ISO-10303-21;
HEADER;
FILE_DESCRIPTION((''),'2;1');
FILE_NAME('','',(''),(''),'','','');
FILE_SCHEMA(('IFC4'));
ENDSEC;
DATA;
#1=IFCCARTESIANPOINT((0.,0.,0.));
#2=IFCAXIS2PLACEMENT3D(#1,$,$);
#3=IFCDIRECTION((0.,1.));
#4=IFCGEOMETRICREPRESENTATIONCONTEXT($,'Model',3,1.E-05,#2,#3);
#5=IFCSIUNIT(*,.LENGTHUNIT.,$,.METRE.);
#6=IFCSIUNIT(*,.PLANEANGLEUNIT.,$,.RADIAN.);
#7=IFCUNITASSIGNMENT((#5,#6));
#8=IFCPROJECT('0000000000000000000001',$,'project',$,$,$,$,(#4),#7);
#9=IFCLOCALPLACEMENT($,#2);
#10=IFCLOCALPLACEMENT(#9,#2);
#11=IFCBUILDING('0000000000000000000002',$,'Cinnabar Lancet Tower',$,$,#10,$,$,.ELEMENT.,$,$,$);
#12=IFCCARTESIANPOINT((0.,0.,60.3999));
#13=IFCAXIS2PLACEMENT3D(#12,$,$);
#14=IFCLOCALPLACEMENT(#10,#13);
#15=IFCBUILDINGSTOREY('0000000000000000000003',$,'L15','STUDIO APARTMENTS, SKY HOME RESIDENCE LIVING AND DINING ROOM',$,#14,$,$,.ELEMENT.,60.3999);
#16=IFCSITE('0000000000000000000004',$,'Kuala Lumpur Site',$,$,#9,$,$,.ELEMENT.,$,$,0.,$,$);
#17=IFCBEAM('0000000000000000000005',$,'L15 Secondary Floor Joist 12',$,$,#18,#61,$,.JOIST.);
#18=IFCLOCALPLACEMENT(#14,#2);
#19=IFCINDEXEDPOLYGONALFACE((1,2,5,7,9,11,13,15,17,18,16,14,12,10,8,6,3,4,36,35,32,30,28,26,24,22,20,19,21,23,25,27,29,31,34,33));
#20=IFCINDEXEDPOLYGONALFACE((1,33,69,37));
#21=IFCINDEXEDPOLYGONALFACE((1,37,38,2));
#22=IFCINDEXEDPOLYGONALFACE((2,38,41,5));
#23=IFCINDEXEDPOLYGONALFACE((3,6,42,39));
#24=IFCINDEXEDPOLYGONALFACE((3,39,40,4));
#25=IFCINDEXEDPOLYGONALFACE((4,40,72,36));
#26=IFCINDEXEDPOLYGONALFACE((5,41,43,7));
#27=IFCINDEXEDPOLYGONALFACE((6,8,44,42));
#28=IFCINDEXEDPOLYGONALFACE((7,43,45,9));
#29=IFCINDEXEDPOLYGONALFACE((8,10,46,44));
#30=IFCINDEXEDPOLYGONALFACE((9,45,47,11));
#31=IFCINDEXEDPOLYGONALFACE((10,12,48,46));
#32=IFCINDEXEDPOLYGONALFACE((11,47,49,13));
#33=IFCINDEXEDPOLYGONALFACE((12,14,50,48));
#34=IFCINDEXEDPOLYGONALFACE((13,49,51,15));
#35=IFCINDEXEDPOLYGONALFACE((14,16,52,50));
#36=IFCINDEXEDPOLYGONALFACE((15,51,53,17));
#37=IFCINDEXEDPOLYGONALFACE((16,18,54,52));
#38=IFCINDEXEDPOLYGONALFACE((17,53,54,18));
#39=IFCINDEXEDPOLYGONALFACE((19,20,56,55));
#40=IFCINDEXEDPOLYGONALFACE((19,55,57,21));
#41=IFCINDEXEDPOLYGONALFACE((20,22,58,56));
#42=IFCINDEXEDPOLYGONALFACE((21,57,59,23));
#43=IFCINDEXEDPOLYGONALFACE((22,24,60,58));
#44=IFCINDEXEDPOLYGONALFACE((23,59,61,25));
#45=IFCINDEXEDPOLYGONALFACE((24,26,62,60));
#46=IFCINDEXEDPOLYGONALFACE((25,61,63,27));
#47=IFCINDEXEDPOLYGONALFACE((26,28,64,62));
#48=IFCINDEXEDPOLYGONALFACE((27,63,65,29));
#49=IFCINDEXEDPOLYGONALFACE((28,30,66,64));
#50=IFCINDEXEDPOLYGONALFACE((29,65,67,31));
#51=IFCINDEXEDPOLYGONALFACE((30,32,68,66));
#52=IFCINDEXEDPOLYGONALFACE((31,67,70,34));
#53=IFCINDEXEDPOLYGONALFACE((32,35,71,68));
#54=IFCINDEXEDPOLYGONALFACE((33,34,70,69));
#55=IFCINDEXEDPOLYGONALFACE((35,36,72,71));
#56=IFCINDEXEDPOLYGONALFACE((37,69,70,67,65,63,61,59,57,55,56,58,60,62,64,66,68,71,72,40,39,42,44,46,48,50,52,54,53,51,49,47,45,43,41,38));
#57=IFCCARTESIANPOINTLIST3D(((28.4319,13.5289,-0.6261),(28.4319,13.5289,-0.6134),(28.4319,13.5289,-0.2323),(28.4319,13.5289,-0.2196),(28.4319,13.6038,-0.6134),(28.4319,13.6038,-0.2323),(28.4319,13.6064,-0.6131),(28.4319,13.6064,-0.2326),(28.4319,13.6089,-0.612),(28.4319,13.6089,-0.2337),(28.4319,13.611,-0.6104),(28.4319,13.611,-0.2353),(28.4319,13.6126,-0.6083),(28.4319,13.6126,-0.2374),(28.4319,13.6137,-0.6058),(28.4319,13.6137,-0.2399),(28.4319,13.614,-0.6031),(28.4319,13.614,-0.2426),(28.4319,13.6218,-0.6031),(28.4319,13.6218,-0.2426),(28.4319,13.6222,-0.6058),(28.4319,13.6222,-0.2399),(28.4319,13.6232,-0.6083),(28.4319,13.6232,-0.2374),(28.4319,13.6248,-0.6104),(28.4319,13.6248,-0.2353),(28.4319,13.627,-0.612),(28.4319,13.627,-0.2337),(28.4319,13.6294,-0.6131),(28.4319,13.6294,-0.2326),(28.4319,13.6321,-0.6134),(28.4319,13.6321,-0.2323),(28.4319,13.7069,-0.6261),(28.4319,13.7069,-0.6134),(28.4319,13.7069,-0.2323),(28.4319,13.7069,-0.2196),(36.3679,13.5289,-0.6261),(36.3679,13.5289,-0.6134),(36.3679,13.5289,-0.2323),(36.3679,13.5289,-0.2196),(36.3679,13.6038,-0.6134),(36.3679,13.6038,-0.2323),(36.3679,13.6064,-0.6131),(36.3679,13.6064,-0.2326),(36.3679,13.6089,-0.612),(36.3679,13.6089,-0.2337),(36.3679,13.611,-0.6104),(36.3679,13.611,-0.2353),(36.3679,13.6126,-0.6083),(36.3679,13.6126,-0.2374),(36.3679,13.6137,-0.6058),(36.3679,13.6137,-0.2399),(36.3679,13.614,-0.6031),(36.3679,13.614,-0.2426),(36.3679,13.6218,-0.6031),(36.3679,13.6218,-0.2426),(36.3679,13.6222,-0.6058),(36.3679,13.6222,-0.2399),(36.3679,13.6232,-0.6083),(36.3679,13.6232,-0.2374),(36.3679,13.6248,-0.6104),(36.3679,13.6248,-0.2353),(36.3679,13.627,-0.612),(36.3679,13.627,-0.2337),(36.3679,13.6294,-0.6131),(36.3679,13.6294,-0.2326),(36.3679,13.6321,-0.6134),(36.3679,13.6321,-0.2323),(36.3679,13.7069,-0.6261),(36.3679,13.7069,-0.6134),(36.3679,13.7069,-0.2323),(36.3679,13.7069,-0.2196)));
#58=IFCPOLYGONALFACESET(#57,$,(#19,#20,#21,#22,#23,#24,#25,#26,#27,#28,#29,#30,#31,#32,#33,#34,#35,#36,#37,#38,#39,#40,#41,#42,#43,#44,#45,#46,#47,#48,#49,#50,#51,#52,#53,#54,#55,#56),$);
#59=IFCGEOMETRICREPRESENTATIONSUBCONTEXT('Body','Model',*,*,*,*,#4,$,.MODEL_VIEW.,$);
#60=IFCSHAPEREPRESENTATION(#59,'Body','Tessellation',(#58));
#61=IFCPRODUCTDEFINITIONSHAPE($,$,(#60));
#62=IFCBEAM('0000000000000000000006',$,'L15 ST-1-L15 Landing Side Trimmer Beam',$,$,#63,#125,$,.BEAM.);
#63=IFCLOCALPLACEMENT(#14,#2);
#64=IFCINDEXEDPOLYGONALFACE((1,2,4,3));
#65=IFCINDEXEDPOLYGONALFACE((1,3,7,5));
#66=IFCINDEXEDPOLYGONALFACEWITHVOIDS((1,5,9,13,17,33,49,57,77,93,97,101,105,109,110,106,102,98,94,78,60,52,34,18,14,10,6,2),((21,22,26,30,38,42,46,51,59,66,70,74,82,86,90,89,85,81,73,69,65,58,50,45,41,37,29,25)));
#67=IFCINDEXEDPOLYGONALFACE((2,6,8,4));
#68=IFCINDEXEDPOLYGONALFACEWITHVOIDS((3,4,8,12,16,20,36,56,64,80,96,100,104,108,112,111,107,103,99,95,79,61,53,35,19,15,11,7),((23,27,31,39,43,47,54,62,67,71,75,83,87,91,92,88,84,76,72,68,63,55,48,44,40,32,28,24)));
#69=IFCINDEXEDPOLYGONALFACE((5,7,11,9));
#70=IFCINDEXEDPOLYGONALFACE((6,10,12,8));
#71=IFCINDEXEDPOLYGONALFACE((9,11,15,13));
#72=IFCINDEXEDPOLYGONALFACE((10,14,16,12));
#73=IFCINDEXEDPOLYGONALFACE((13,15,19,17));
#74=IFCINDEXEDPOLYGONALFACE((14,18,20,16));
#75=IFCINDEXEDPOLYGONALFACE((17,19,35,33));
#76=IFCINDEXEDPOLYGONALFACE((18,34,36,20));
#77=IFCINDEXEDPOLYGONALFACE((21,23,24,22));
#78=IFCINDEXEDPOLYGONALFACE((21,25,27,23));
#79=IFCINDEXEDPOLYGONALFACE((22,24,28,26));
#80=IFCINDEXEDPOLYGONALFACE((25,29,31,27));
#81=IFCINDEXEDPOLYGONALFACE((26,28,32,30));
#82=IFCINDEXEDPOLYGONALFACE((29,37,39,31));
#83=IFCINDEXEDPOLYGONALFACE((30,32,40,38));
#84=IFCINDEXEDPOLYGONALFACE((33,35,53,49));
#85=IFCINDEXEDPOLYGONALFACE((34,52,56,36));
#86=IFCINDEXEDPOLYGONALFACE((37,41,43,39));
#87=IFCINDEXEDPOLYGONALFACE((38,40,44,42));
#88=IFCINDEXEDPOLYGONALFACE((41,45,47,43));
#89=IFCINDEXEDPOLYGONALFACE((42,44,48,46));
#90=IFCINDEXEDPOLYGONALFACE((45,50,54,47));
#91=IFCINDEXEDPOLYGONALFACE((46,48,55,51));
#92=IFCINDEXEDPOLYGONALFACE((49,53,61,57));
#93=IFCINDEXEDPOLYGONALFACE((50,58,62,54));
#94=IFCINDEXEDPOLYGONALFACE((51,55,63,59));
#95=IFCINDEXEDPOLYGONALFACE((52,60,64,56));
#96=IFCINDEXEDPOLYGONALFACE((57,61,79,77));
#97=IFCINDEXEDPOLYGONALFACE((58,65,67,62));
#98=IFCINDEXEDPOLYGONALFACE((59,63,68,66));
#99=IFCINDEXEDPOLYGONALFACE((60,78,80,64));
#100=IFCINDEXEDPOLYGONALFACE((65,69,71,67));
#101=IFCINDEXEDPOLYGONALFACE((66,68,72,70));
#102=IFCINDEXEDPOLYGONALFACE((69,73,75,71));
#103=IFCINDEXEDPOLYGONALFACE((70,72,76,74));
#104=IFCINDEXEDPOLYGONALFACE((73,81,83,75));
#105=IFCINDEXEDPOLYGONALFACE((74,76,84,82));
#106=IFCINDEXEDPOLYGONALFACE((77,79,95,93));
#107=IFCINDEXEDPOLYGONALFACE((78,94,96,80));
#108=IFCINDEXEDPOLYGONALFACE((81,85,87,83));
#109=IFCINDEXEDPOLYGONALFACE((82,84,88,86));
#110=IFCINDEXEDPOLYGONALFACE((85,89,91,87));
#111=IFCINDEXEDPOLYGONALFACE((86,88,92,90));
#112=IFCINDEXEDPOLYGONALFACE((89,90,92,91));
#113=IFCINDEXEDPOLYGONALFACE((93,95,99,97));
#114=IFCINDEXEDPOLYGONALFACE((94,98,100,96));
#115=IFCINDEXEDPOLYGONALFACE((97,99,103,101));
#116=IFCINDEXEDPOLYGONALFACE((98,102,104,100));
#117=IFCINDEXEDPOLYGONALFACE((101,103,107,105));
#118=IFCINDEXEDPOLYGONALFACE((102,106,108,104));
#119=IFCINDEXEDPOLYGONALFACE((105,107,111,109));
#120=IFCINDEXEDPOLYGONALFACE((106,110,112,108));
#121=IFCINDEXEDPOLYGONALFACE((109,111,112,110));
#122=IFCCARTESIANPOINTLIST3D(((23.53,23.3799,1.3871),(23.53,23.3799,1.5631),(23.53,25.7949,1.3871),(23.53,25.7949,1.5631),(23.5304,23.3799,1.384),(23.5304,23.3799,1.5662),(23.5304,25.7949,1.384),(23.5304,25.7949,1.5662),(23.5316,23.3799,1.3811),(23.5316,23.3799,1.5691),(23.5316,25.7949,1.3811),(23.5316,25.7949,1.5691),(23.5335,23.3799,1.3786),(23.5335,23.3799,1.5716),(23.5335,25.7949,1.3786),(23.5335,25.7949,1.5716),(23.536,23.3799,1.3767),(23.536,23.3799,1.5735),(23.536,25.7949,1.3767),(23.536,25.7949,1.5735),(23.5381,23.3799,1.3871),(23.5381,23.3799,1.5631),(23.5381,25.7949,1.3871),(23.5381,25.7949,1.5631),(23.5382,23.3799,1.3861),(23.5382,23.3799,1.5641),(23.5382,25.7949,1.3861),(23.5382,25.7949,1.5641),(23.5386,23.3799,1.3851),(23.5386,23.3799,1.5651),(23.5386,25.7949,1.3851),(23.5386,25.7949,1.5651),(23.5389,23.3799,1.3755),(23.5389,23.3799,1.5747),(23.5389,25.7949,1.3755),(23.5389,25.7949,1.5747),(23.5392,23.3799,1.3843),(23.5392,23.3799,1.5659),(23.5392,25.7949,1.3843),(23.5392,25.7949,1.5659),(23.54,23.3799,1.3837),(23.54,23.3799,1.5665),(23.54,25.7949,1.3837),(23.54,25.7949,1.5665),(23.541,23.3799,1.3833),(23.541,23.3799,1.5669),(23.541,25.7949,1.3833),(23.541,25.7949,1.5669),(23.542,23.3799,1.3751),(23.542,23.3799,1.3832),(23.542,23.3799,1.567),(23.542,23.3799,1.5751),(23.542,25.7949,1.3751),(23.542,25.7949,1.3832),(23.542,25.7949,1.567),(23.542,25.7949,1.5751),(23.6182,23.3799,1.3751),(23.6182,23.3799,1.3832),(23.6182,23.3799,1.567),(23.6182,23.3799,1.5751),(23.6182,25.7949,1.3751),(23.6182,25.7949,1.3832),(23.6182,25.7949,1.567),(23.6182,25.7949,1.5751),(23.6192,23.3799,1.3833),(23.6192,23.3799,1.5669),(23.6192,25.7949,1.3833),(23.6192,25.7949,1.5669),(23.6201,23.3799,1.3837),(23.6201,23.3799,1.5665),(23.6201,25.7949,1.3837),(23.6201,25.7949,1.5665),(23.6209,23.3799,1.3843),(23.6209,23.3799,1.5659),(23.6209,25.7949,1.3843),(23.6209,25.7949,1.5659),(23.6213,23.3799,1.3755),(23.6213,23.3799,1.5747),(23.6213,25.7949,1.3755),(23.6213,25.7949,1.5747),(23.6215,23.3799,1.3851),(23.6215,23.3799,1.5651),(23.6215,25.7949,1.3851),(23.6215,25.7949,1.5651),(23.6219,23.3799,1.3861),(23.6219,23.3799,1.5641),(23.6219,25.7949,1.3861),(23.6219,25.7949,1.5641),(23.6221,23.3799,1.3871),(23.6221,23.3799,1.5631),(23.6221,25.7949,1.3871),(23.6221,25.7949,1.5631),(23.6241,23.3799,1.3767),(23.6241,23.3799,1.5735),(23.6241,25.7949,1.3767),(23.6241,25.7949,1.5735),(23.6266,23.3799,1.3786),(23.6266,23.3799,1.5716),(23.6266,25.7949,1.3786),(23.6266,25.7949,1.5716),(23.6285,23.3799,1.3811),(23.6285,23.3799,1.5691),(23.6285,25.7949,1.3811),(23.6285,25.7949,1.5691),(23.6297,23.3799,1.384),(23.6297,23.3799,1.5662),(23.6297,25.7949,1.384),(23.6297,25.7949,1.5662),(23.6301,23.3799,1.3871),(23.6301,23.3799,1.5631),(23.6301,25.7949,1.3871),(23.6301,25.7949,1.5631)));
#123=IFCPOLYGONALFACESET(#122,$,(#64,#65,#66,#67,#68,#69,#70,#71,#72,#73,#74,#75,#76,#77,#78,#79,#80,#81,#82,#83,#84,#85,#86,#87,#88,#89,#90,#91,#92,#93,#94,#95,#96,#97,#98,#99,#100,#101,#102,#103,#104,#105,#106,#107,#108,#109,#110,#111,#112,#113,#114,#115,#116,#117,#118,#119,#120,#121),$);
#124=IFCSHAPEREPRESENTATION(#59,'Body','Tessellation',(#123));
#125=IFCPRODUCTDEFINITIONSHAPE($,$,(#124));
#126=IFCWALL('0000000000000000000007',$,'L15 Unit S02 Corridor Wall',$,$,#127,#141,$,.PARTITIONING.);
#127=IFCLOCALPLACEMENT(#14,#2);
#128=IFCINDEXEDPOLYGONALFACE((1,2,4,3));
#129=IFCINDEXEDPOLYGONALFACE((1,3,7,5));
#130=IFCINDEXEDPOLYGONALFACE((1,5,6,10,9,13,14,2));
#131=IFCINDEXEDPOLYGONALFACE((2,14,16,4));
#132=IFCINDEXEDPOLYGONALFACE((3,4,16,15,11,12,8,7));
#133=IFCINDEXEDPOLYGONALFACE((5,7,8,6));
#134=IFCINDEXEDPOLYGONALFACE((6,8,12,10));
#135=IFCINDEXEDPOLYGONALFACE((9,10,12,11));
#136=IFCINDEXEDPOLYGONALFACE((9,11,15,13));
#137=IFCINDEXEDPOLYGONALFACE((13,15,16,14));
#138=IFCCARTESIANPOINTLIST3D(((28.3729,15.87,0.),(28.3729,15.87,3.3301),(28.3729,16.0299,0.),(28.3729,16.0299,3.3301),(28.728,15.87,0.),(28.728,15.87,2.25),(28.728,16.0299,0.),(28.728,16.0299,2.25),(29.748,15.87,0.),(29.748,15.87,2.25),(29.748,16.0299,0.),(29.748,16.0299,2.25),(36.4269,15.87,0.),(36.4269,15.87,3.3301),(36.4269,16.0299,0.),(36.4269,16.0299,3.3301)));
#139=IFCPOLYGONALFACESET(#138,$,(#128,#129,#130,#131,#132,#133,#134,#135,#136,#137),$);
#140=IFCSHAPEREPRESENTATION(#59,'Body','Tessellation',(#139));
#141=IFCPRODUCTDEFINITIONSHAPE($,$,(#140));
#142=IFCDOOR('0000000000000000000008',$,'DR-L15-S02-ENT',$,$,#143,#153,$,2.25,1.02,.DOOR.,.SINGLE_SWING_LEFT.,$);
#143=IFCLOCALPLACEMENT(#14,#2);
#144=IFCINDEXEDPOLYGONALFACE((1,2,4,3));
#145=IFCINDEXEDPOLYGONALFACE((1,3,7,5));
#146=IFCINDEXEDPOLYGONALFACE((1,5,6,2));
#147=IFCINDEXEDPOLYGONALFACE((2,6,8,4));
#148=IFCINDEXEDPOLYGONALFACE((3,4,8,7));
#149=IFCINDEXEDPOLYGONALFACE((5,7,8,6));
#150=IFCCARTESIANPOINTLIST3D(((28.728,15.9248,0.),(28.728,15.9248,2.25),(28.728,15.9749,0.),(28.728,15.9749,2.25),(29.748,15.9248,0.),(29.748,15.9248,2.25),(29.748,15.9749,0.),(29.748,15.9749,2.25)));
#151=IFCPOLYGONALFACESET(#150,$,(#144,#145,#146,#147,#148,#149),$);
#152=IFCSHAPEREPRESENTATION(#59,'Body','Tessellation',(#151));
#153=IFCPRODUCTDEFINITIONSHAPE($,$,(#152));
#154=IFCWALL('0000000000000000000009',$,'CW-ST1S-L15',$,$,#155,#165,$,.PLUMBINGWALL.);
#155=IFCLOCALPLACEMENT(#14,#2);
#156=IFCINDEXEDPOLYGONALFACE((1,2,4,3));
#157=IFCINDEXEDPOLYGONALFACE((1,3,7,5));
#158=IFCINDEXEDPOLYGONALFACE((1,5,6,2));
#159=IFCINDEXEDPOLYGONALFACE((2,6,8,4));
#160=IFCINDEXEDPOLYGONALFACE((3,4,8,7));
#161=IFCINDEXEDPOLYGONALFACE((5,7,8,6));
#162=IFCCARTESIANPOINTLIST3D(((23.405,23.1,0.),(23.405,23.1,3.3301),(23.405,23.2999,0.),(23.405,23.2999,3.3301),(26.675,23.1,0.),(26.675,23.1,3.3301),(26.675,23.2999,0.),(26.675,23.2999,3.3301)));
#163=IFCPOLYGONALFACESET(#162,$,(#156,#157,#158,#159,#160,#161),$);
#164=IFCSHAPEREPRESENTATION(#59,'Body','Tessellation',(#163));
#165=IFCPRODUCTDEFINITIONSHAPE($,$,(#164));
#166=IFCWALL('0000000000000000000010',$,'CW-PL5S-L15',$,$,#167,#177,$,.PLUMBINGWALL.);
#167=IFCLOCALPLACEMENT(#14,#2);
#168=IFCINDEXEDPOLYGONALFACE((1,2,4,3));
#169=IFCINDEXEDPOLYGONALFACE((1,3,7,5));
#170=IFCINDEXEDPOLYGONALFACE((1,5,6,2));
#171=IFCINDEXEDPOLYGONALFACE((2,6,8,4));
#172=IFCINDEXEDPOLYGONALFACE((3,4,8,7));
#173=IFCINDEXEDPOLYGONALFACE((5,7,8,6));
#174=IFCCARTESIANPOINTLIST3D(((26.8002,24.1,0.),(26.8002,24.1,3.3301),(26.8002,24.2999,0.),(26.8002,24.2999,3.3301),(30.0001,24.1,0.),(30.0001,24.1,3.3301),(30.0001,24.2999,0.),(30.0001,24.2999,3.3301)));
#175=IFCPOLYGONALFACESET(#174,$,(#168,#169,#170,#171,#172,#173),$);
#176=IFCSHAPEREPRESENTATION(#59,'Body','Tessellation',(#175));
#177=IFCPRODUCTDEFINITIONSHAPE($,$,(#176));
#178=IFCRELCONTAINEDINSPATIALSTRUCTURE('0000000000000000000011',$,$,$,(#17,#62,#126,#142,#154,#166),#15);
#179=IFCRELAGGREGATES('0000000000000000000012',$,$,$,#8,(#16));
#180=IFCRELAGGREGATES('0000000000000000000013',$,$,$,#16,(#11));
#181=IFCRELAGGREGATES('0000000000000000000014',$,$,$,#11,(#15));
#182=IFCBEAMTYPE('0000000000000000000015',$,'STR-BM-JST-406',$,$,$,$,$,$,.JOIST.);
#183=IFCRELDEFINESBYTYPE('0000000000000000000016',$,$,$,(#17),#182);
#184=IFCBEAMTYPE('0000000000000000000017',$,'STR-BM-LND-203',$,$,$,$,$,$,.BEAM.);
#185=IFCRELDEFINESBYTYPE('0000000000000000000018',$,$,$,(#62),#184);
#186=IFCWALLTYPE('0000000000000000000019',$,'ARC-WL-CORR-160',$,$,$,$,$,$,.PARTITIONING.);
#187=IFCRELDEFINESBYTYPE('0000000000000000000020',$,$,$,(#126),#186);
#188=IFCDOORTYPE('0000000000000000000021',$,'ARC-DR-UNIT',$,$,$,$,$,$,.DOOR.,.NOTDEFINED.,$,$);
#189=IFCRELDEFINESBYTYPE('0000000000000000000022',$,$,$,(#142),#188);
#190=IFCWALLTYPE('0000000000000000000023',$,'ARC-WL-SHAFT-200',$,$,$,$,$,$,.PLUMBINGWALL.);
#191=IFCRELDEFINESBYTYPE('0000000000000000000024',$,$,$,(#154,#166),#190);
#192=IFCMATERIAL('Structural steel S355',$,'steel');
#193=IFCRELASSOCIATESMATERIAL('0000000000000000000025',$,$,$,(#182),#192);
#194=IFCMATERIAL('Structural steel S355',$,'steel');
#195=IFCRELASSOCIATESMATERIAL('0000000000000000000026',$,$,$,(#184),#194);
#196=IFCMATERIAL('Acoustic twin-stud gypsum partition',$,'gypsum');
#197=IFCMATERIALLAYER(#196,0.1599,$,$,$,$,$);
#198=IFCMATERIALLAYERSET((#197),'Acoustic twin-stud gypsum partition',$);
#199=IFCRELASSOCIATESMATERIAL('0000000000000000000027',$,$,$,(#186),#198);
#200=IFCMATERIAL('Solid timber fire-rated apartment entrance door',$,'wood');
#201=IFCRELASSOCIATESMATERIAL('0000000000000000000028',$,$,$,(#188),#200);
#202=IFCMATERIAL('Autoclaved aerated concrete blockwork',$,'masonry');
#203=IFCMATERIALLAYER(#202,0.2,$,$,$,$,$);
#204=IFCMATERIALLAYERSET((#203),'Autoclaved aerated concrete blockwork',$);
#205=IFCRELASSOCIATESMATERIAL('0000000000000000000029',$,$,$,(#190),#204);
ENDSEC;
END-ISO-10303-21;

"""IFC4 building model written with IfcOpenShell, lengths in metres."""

from ifc_helpers import new_model, si_unit, direction, frame, frame_2d, origin, origin_2d, place, context, subcontext, project, spatial, rectangle, hollow_rectangle, i_section, extrude, material, layer, layer_set, material_profile, profile_set, type_object, element, fill, save


model = new_model("IFC4")

# Units and contexts
model_context = context("Model", 3, precision=1e-05, world=origin(), true_north=direction((0.0, 1.0)))
body_context = subcontext(model_context, "Body", "Model", "MODEL_VIEW")
ifc_project = project(units=[si_unit("LENGTHUNIT", "METRE"), si_unit("PLANEANGLEUNIT", "RADIAN")], contexts=[model_context])

# Site, building, storey
site_placement = place(None, origin())
site = spatial("IfcSite", under=ifc_project, at=site_placement, Name="Kuala Lumpur Site", CompositionType="ELEMENT", RefElevation=0.0)
building_placement = place(site_placement, origin())
building = spatial("IfcBuilding", under=site, at=building_placement, Name="Cinnabar Lancet Tower", CompositionType="ELEMENT")
storey_placement = place(building_placement, frame((0.0, 0.0, 60.3999)))
storey = spatial("IfcBuildingStorey", under=building, at=storey_placement, Name="L15", Description="STUDIO APARTMENTS, SKY HOME RESIDENCE LIVING AND DINING ROOM", CompositionType="ELEMENT", Elevation=60.3999)

# Beams
ifc_material_1 = material(Name="Structural steel S355", Category="steel")
ifc_material_profile_1 = material_profile(ifc_material_1, i_section(OverallWidth=0.178, OverallDepth=0.4065, WebThickness=0.0078, FlangeThickness=0.0127, FilletRadius=0.0103, at=origin_2d()), Name="UKB 406x178x60")
ifc_profile_set_1 = profile_set([ifc_material_profile_1], Name="Structural steel S355")
beam_type_1 = type_object("IfcBeamType", Name="STR-BM-JST-406", PredefinedType="JOIST", material=ifc_profile_set_1)
beam_1_placement = place(storey_placement, frame((28.4319, 13.6179, -0.4229), z_axis=(1.0, 0.0, 0.0), x_axis=(0.0, 1.0, 0.0)))
element("IfcBeam", 1, at=beam_1_placement, inside=storey, type_object=beam_type_1, Name="L15 Secondary Floor Joist 12", PredefinedType="JOIST", context=body_context, shape_type="SweptSolid", body=[
    extrude(i_section(OverallWidth=0.178, OverallDepth=0.4065, WebThickness=0.0078, FlangeThickness=0.0127, FilletRadius=0.0103, at=origin_2d()), origin(), (0.0, 0.0, 1.0), 7.936),
])
ifc_material_2 = material(Name="Structural steel S355", Category="steel")
ifc_material_profile_2 = material_profile(ifc_material_2, hollow_rectangle(XDim=0.1001, YDim=0.2, WallThickness=0.0081, InnerFilletRadius=0.0039, OuterFilletRadius=0.012, at=origin_2d()), Name="RHS 200x100x8")
ifc_profile_set_2 = profile_set([ifc_material_profile_2], Name="Structural steel S355")
beam_type_2 = type_object("IfcBeamType", Name="STR-BM-LND-203", PredefinedType="BEAM", material=ifc_profile_set_2)
beam_2_placement = place(storey_placement, frame((23.5801, 23.3799, 1.4751), z_axis=(0.0, 1.0, 0.0), x_axis=(-1.0, 0.0, 0.0)))
element("IfcBeam", 2, at=beam_2_placement, inside=storey, type_object=beam_type_2, Name="L15 ST-1-L15 Landing Side Trimmer Beam", PredefinedType="BEAM", context=body_context, shape_type="SweptSolid", body=[
    extrude(hollow_rectangle(XDim=0.1001, YDim=0.2, WallThickness=0.0081, InnerFilletRadius=0.0039, OuterFilletRadius=0.012, at=origin_2d()), origin(), (0.0, 0.0, 1.0), 2.415),
])

# Wall, opening, door
ifc_material_3 = material(Name="Acoustic twin-stud gypsum partition", Category="gypsum")
ifc_layer_1 = layer(ifc_material_3, 0.1599)
ifc_layer_set_1 = layer_set([ifc_layer_1], Name="Acoustic twin-stud gypsum partition")
wall_type_1 = type_object("IfcWallType", Name="ARC-WL-CORR-160", PredefinedType="PARTITIONING", material=ifc_layer_set_1)
wall_1_placement = place(storey_placement, frame((28.373, 15.95, 0.0), z_axis=(0.0, 0.0, 1.0), x_axis=(1.0, 0.0, 0.0)))
wall_1 = element("IfcWall", 3, at=wall_1_placement, inside=storey, type_object=wall_type_1, Name="L15 Unit S02 Corridor Wall", PredefinedType="PARTITIONING", context=body_context, shape_type="SweptSolid", body=[
    extrude(rectangle(XDim=8.054, YDim=0.1599, at=frame_2d((4.0269, 0.0))), origin(), (0.0, 0.0, 1.0), 3.3301),
])
opening_1_placement = place(wall_1_placement, frame((0.355, 0.0, 0.0)))
opening_1 = element("IfcOpeningElement", 4, at=opening_1_placement, cuts=wall_1, PredefinedType="OPENING", context=body_context, shape_type="SweptSolid", body=[
    extrude(rectangle(XDim=1.02, YDim=2.25, at=frame_2d((0.51, 1.125))), frame((0.0, 0.0898, 0.0), z_axis=(0.0, -1.0, 0.0), x_axis=(1.0, 0.0, 0.0)), (0.0, 0.0, 1.0), 0.1799),
])
ifc_material_4 = material(Name="Solid timber fire-rated apartment entrance door", Category="wood")
door_type_1 = type_object("IfcDoorType", Name="ARC-DR-UNIT", OperationType="NOTDEFINED", PredefinedType="DOOR", material=ifc_material_4)
door_1_placement = place(opening_1_placement, origin())
door_1 = element("IfcDoor", 5, at=door_1_placement, inside=storey, type_object=door_type_1, Name="DR-L15-S02-ENT", OperationType="SINGLE_SWING_LEFT", OverallHeight=2.25, OverallWidth=1.02, PredefinedType="DOOR", context=body_context, shape_type="SweptSolid", body=[
    extrude(rectangle(XDim=1.02, YDim=2.25, at=frame_2d((0.51, 1.125))), frame((0.0, 0.0249, 0.0), z_axis=(0.0, -1.0, 0.0), x_axis=(1.0, 0.0, 0.0)), (0.0, 0.0, 1.0), 0.05),
])
fill(opening_1, door_1)

# Walls
ifc_material_5 = material(Name="Autoclaved aerated concrete blockwork", Category="masonry")
ifc_layer_2 = layer(ifc_material_5, 0.2)
ifc_layer_set_2 = layer_set([ifc_layer_2], Name="Autoclaved aerated concrete blockwork")
wall_type_2 = type_object("IfcWallType", Name="ARC-WL-SHAFT-200", PredefinedType="PLUMBINGWALL", material=ifc_layer_set_2)
wall_2_placement = place(storey_placement, frame((23.405, 23.2, 0.0), z_axis=(0.0, 0.0, 1.0), x_axis=(1.0, 0.0, 0.0)))
element("IfcWall", 6, at=wall_2_placement, inside=storey, type_object=wall_type_2, Name="CW-ST1S-L15", PredefinedType="PLUMBINGWALL", context=body_context, shape_type="SweptSolid", body=[
    extrude(rectangle(XDim=3.27, YDim=0.2, at=frame_2d((1.635, 0.0))), origin(), (0.0, 0.0, 1.0), 3.3301),
])
wall_3_placement = place(storey_placement, frame((26.8, 24.2, 0.0), z_axis=(0.0, 0.0, 1.0), x_axis=(1.0, 0.0, 0.0)))
element("IfcWall", 7, at=wall_3_placement, inside=storey, type_object=wall_type_2, Name="CW-PL5S-L15", PredefinedType="PLUMBINGWALL", context=body_context, shape_type="SweptSolid", body=[
    extrude(rectangle(XDim=3.2, YDim=0.2, at=frame_2d((1.6001, 0.0))), origin(), (0.0, 0.0, 1.0), 3.3301),
])

save(model, "model.ifc")
